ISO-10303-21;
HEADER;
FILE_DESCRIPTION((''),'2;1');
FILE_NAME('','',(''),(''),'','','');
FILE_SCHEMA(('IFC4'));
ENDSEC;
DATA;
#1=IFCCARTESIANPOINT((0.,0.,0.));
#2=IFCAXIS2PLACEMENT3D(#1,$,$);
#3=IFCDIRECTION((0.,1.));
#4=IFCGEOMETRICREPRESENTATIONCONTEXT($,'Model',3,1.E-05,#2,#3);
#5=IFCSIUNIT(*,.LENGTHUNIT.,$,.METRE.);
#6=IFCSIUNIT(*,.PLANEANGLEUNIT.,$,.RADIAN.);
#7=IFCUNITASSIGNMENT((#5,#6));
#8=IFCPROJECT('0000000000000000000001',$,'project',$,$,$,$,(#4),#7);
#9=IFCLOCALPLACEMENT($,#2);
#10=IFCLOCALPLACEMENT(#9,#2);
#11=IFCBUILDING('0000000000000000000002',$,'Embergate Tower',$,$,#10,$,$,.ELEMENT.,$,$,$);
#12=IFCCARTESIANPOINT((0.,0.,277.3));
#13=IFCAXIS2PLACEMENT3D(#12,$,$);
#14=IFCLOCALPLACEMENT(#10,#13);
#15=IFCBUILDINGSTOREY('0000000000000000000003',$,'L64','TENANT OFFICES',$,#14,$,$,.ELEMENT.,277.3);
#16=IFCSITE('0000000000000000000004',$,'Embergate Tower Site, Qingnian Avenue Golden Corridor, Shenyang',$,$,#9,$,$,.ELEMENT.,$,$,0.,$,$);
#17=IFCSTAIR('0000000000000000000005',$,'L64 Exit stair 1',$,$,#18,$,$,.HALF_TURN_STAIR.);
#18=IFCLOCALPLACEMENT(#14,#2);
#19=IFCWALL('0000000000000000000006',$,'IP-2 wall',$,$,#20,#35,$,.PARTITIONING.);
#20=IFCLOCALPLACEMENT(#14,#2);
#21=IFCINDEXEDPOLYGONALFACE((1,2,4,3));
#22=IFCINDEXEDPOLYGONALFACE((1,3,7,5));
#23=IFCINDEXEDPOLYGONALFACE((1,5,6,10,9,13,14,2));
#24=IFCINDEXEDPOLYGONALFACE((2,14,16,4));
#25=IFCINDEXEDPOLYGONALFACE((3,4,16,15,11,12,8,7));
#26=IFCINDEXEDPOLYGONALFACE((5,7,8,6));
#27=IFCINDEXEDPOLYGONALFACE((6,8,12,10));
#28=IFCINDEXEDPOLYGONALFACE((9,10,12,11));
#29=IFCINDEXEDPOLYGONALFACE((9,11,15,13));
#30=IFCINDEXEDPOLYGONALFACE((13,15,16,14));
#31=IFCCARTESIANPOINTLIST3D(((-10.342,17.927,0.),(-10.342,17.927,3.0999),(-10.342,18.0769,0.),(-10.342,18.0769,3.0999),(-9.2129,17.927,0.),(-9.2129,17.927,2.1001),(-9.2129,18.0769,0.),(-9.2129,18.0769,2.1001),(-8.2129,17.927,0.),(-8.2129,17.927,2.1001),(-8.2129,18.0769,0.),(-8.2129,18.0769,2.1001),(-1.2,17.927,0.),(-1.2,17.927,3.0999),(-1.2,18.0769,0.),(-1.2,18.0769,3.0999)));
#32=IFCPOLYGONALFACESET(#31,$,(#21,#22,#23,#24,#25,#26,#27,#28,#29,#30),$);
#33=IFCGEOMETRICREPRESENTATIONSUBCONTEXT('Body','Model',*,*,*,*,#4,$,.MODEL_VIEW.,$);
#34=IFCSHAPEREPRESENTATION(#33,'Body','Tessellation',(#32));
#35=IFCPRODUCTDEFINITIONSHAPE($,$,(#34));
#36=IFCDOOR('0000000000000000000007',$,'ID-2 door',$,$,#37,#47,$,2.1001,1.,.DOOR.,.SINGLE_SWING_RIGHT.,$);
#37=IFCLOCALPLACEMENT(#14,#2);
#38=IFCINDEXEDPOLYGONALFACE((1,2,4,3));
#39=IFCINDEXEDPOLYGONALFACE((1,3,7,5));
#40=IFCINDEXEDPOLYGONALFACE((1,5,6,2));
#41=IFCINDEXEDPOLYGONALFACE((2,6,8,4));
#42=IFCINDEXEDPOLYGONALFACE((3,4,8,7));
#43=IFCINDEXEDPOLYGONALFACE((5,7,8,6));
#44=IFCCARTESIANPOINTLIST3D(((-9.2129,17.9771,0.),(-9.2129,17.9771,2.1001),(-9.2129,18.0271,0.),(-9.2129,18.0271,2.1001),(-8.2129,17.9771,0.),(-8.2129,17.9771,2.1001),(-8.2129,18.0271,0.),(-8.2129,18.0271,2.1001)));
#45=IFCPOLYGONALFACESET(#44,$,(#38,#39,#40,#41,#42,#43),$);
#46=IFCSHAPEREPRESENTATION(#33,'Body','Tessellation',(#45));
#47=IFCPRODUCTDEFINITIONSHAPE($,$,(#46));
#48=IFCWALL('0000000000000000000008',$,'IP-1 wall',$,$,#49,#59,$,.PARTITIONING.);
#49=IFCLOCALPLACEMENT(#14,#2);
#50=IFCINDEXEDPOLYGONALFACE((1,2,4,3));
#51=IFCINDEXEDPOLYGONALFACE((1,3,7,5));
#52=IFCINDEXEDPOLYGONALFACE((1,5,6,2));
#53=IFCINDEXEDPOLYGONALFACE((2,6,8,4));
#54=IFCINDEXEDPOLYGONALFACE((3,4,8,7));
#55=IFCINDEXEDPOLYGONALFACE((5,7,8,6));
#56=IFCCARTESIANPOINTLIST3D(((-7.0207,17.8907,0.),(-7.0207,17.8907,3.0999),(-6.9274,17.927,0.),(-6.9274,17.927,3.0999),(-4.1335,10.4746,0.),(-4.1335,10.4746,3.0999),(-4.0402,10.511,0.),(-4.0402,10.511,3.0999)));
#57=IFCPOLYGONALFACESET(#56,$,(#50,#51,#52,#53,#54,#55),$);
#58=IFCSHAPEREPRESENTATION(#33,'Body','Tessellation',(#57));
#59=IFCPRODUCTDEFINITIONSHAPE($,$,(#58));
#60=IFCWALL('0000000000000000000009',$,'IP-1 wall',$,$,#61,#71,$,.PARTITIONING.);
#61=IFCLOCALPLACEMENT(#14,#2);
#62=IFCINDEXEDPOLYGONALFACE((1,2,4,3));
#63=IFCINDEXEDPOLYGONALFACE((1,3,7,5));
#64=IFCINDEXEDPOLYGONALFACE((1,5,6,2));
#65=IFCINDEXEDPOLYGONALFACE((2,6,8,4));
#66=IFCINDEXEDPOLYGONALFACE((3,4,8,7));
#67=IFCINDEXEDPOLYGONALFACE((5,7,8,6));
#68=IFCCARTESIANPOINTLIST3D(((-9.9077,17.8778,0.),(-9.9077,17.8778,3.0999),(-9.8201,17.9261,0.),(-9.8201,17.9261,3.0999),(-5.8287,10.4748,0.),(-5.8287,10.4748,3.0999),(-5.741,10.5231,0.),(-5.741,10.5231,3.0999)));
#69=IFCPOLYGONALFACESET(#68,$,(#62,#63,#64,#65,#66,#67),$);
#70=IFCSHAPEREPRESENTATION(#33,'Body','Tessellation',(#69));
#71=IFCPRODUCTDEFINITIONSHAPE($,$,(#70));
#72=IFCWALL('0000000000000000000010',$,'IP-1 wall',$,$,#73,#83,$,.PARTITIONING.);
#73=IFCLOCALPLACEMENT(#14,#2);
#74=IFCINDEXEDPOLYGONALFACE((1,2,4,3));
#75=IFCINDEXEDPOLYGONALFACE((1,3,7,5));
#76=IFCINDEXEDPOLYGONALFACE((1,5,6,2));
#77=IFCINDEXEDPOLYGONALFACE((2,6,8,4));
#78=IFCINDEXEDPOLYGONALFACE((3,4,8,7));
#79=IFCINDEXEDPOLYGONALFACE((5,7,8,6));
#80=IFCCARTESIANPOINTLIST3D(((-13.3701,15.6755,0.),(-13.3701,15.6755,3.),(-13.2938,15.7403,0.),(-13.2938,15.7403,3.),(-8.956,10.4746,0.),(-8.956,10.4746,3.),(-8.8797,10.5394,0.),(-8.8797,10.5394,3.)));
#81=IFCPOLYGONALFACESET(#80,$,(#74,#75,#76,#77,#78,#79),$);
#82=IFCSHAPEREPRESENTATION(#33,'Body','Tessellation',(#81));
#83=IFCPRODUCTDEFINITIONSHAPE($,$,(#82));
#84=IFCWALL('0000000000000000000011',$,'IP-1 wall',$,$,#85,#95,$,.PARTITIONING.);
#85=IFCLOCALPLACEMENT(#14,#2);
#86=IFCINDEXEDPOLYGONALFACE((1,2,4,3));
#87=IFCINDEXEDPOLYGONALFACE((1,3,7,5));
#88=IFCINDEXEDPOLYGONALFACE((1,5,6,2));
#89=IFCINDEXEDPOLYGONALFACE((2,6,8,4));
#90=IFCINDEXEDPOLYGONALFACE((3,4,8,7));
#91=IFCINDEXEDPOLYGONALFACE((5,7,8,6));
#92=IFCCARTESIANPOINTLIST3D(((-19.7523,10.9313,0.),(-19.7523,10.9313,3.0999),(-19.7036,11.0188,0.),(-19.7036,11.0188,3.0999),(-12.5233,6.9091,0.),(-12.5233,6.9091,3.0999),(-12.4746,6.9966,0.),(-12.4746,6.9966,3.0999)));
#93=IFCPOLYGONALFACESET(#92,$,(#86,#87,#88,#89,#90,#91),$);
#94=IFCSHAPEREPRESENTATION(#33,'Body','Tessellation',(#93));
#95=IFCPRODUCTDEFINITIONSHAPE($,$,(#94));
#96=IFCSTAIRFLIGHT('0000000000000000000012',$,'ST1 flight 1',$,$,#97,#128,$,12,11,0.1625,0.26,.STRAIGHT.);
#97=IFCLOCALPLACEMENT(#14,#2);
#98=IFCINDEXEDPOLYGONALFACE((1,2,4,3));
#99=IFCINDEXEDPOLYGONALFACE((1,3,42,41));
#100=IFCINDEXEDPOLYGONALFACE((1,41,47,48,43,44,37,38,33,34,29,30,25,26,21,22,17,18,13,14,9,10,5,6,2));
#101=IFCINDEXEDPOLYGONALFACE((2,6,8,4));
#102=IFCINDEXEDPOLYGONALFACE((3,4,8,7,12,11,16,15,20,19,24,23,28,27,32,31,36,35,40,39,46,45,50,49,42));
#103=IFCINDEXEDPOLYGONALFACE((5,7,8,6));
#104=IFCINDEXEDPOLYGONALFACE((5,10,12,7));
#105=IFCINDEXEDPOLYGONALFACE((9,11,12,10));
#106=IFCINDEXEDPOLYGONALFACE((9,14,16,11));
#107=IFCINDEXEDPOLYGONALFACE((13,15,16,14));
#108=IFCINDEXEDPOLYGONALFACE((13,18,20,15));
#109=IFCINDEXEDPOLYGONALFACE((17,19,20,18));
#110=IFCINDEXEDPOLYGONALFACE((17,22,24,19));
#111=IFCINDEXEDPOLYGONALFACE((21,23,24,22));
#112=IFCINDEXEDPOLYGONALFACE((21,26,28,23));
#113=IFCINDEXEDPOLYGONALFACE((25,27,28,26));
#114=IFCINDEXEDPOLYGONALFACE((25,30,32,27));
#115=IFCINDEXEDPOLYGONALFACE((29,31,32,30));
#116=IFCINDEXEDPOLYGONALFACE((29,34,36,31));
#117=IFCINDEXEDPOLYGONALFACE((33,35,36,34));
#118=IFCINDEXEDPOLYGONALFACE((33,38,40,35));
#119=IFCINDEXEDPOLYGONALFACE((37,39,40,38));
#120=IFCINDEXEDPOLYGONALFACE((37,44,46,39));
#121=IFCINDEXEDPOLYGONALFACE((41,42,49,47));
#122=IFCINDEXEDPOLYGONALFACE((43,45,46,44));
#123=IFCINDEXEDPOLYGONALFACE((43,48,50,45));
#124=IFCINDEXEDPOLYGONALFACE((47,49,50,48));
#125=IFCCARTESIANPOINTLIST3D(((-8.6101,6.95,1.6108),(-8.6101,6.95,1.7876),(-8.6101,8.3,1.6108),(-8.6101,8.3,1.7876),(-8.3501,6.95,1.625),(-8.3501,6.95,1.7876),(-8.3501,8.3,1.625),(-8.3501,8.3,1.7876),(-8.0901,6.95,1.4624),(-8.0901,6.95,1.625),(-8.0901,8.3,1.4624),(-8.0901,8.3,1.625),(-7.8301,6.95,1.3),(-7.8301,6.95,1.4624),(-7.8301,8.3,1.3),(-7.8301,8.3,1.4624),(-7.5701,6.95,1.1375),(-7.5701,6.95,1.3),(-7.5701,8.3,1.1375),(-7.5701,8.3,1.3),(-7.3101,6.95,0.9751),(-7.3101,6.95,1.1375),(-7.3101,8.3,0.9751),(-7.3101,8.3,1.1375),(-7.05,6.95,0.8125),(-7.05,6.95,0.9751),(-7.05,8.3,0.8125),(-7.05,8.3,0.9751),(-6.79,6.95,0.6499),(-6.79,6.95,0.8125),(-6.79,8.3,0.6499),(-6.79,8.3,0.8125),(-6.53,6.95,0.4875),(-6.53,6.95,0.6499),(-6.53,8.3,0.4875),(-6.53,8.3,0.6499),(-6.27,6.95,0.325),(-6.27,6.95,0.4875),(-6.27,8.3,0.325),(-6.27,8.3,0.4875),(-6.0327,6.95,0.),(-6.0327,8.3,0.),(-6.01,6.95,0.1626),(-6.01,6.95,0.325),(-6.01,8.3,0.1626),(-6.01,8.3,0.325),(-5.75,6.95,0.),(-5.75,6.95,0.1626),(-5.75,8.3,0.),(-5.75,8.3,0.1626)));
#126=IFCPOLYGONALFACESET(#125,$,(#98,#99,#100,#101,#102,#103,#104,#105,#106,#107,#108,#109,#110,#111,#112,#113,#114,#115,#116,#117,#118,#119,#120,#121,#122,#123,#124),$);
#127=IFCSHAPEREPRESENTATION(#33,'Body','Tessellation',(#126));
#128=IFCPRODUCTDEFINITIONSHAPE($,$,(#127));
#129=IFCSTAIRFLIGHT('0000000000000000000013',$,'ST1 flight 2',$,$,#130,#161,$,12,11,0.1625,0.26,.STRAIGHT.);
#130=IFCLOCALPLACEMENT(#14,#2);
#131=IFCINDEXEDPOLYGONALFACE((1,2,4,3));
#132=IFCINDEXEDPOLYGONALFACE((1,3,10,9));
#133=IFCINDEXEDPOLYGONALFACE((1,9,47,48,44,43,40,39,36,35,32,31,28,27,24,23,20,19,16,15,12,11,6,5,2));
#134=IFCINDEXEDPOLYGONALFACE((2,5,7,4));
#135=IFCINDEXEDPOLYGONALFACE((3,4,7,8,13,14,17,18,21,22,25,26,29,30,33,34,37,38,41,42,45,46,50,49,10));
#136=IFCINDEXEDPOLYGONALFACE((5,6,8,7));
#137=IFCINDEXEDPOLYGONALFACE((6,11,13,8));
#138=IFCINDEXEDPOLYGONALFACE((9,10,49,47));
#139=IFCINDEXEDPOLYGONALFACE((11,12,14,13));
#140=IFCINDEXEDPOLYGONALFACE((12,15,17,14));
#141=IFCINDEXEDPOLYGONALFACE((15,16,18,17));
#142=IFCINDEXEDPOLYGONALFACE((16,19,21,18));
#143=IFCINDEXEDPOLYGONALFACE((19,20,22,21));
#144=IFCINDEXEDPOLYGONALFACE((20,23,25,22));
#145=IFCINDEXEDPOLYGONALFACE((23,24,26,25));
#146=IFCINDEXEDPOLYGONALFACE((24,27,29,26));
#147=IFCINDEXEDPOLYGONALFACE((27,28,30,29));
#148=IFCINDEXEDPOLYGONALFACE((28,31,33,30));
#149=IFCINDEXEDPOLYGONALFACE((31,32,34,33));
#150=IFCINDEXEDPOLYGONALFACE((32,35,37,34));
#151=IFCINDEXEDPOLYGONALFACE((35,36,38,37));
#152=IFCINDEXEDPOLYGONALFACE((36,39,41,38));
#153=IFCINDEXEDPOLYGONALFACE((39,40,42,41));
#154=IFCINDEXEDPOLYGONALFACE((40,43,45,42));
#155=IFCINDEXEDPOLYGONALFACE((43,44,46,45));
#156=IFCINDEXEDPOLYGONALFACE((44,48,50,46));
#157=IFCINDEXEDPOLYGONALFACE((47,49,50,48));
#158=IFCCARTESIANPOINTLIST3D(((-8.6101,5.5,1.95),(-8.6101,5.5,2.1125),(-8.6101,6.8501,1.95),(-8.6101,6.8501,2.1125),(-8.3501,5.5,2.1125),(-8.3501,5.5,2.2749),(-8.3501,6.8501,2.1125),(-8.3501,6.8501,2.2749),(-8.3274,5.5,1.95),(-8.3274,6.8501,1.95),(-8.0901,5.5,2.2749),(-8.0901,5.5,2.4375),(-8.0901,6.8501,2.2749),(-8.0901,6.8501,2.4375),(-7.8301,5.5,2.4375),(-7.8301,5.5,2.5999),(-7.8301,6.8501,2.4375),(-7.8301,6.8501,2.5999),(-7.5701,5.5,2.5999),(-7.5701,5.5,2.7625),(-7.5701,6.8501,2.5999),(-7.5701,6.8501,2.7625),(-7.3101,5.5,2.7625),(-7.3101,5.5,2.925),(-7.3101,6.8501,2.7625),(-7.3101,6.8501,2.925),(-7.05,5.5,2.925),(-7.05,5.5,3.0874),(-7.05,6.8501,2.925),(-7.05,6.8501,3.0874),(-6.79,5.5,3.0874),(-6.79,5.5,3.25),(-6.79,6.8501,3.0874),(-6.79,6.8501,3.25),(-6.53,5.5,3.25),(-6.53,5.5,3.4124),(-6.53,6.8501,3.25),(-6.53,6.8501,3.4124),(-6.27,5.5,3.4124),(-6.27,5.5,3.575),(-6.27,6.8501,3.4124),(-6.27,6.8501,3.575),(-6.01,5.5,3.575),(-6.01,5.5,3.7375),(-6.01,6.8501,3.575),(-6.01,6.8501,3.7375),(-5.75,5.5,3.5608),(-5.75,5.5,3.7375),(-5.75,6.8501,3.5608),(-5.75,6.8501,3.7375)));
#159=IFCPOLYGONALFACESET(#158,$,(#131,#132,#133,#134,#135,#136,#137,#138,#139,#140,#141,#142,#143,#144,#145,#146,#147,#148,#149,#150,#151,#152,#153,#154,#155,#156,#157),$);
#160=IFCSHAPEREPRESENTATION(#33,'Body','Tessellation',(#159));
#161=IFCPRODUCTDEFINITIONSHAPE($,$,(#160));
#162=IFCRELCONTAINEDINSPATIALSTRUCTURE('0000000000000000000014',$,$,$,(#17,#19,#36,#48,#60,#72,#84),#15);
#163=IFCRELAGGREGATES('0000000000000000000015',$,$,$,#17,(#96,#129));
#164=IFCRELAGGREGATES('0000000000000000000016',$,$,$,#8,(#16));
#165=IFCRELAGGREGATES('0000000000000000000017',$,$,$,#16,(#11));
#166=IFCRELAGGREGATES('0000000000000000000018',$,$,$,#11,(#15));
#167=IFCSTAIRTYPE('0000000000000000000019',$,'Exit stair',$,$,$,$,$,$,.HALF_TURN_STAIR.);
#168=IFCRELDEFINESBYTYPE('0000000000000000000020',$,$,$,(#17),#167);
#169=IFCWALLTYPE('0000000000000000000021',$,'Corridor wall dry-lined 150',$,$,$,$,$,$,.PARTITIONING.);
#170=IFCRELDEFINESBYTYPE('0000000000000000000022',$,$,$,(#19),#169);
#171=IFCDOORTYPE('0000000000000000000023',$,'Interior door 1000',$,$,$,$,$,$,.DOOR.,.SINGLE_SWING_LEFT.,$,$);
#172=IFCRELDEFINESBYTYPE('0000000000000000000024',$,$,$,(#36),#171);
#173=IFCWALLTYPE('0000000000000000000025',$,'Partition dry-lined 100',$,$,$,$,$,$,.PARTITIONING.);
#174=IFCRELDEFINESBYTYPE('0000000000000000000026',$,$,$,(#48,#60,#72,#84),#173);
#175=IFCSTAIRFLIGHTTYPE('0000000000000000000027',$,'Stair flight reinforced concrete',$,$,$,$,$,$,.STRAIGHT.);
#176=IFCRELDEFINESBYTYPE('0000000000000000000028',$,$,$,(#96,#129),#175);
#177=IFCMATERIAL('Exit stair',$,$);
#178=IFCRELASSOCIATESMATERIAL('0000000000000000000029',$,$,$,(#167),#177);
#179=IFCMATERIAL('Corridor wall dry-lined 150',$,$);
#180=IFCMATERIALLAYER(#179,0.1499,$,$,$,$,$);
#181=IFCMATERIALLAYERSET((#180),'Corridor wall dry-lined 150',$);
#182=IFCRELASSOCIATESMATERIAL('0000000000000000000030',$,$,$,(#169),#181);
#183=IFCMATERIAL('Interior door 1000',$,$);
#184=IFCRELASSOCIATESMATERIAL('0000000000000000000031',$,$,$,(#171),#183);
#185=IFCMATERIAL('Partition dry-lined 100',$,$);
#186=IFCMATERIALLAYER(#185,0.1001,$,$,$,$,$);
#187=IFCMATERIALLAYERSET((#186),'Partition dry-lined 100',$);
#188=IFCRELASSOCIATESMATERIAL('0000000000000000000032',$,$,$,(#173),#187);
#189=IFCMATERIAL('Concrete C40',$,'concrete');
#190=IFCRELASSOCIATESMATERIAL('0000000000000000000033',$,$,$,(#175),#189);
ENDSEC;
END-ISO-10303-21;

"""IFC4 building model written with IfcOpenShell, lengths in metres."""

from ifc_helpers import new_model, si_unit, direction, frame, frame_2d, origin, place, context, subcontext, project, spatial, polyline, rectangle, outline, extrude, source, transform, mapped, material, layer, layer_set, type_object, element, fill, aggregate, save


model = new_model("IFC4")

# Units and contexts
model_context = context("Model", 3, precision=1e-05, world=origin(), true_north=direction((0.0, 1.0)))
body_context = subcontext(model_context, "Body", "Model", "MODEL_VIEW")
ifc_project = project(units=[si_unit("LENGTHUNIT", "METRE"), si_unit("PLANEANGLEUNIT", "RADIAN")], contexts=[model_context])

# Site, building, storey
site_placement = place(None, origin())
site = spatial("IfcSite", under=ifc_project, at=site_placement, Name="Embergate Tower Site, Qingnian Avenue Golden Corridor, Shenyang", CompositionType="ELEMENT", RefElevation=0.0)
building_placement = place(site_placement, origin())
building = spatial("IfcBuilding", under=site, at=building_placement, Name="Embergate Tower", CompositionType="ELEMENT")
storey_placement = place(building_placement, frame((0.0, 0.0, 277.3)))
storey = spatial("IfcBuildingStorey", under=building, at=storey_placement, Name="L64", Description="TENANT OFFICES", CompositionType="ELEMENT", Elevation=277.3)

# Stair
ifc_material_1 = material(Name="Exit stair")
stair_type = type_object("IfcStairType", Name="Exit stair", PredefinedType="HALF_TURN_STAIR", material=ifc_material_1)
stair_placement = place(storey_placement, origin())
stair = element("IfcStair", 1, at=stair_placement, inside=storey, type_object=stair_type, Name="L64 Exit stair 1", PredefinedType="HALF_TURN_STAIR")
ifc_material_2 = material(Name="Concrete C40", Category="concrete")

# Shared definitions
ifc_material_3 = material(Name="Corridor wall dry-lined 150")
ifc_layer_1 = layer(ifc_material_3, 0.1499)
ifc_layer_set_1 = layer_set([ifc_layer_1], Name="Corridor wall dry-lined 150")
wall_type_1 = type_object("IfcWallType", Name="Corridor wall dry-lined 150", PredefinedType="PARTITIONING", material=ifc_layer_set_1)

# Wall, opening, door
shared_shape_1 = source(origin(), body_context, "Body", "SweptSolid", [
    extrude(rectangle(XDim=9.1421, YDim=0.1499, at=frame_2d((4.571, 0.0))), origin(), (0.0, 0.0, 1.0), 3.0999),
])
wall_1_placement = place(storey_placement, frame((-1.2, 18.002, 0.0), z_axis=(0.0, 0.0, 1.0), x_axis=(-1.0, 0.0, 0.0)))
wall_1 = element("IfcWall", 2, at=wall_1_placement, inside=storey, type_object=wall_type_1, Name="IP-2 wall", PredefinedType="PARTITIONING", context=body_context, shape_type="MappedRepresentation", body=[
    mapped(shared_shape_1, transform((0.0, 0.0, 0.0))),
])
shared_shape_2 = source(origin(), body_context, "Body", "SweptSolid", [
    extrude(rectangle(XDim=1.0, YDim=2.1001, at=frame_2d((0.5, 1.05))), frame((0.0, 0.085, 0.0), z_axis=(0.0, -1.0, 0.0), x_axis=(1.0, 0.0, 0.0)), (0.0, 0.0, 1.0), 0.1699),
])
opening_1_placement = place(wall_1_placement, frame((7.0129, 0.0, 0.0)))
opening_1 = element("IfcOpeningElement", 3, at=opening_1_placement, cuts=wall_1, PredefinedType="OPENING", context=body_context, shape_type="MappedRepresentation", body=[
    mapped(shared_shape_2, transform((0.0, 0.0, 0.0))),
])
ifc_material_4 = material(Name="Interior door 1000")
door_type_1 = type_object("IfcDoorType", Name="Interior door 1000", OperationType="SINGLE_SWING_LEFT", PredefinedType="DOOR", material=ifc_material_4)
shared_shape_3 = source(origin(), body_context, "Body", "SweptSolid", [
    extrude(rectangle(XDim=1.0, YDim=2.1001, at=frame_2d((0.5, 1.05))), frame((0.0, 0.0249, 0.0), z_axis=(0.0, -1.0, 0.0), x_axis=(1.0, 0.0, 0.0)), (0.0, 0.0, 1.0), 0.05),
])
door_1_placement = place(opening_1_placement, origin())
door_1 = element("IfcDoor", 4, at=door_1_placement, inside=storey, type_object=door_type_1, Name="ID-2 door", OperationType="SINGLE_SWING_RIGHT", OverallHeight=2.1001, OverallWidth=1.0, PredefinedType="DOOR", context=body_context, shape_type="MappedRepresentation", body=[
    mapped(shared_shape_3, transform((0.0, 0.0, 0.0))),
])
fill(opening_1, door_1)

# Walls
ifc_material_5 = material(Name="Partition dry-lined 100")
ifc_layer_2 = layer(ifc_material_5, 0.1001)
ifc_layer_set_2 = layer_set([ifc_layer_2], Name="Partition dry-lined 100")
wall_type_2 = type_object("IfcWallType", Name="Partition dry-lined 100", PredefinedType="PARTITIONING", material=ifc_layer_set_2)
shared_shape_4 = source(origin(), body_context, "Body", "SweptSolid", [
    extrude(rectangle(XDim=7.9583, YDim=0.1001, at=frame_2d((3.979, 0.0))), origin(), (0.0, 0.0, 1.0), 3.0999),
])
wall_2_placement = place(storey_placement, frame((-4.0869, 10.4929, 0.0), z_axis=(0.0, 0.0, 1.0), x_axis=(-0.362796, 0.931869, 0.0)))
element("IfcWall", 5, at=wall_2_placement, inside=storey, type_object=wall_type_2, Name="IP-1 wall", PredefinedType="PARTITIONING", context=body_context, shape_type="MappedRepresentation", body=[
    mapped(shared_shape_4, transform((0.0, 0.0, 0.0))),
])
shared_shape_5 = source(origin(), body_context, "Body", "SweptSolid", [
    extrude(rectangle(XDim=8.4524, YDim=0.1001, at=frame_2d((4.2261, 0.0))), origin(), (0.0, 0.0, 1.0), 3.0999),
])
wall_3_placement = place(storey_placement, frame((-5.7849, 10.499, 0.0), z_axis=(0.0, 0.0, 1.0), x_axis=(-0.482592, 0.875845, 0.0)))
element("IfcWall", 6, at=wall_3_placement, inside=storey, type_object=wall_type_2, Name="IP-1 wall", PredefinedType="PARTITIONING", context=body_context, shape_type="MappedRepresentation", body=[
    mapped(shared_shape_5, transform((0.0, 0.0, 0.0))),
])
shared_shape_6 = source(origin(), body_context, "Body", "SweptSolid", [
    extrude(rectangle(XDim=6.8215, YDim=0.1001, at=frame_2d((3.4106, 0.0))), origin(), (0.0, 0.0, 1.0), 3.0),
])
wall_4_placement = place(storey_placement, frame((-8.918, 10.5071, 0.0), z_axis=(0.0, 0.0, 1.0), x_axis=(-0.647076, 0.762426, 0.0)))
element("IfcWall", 7, at=wall_4_placement, inside=storey, type_object=wall_type_2, Name="IP-1 wall", PredefinedType="PARTITIONING", context=body_context, shape_type="MappedRepresentation", body=[
    mapped(shared_shape_6, transform((0.0, 0.0, 0.0))),
])
shared_shape_7 = source(origin(), body_context, "Body", "SweptSolid", [
    extrude(rectangle(XDim=8.2727, YDim=0.1001, at=frame_2d((4.1362, 0.0))), origin(), (0.0, 0.0, 1.0), 3.0999),
])
wall_5_placement = place(storey_placement, frame((-12.499, 6.9529, 0.0), z_axis=(0.0, 0.0, 1.0), x_axis=(-0.873844, 0.486207, 0.0)))
element("IfcWall", 8, at=wall_5_placement, inside=storey, type_object=wall_type_2, Name="IP-1 wall", PredefinedType="PARTITIONING", context=body_context, shape_type="MappedRepresentation", body=[
    mapped(shared_shape_7, transform((0.0, 0.0, 0.0))),
])

# Stair flights
stair_flight_type = type_object("IfcStairFlightType", Name="Stair flight reinforced concrete", PredefinedType="STRAIGHT", material=ifc_material_2)
shared_shape_8 = source(origin(), body_context, "Body", "SweptSolid", [
    extrude(outline(polyline([(0.0, 0.0), (0.0, 0.1626), (0.26, 0.1626), (0.26, 0.325), (0.52, 0.325), (0.52, 0.4875), (0.78, 0.4875), (0.78, 0.6499), (1.04, 0.6499), (1.04, 0.8125), (1.3, 0.8125), (1.3, 0.9751), (1.5601, 0.9751), (1.5601, 1.1375), (1.8201, 1.1375), (1.8201, 1.3), (2.0801, 1.3), (2.0801, 1.4624), (2.3401, 1.4624), (2.3401, 1.625), (2.6001, 1.625), (2.6001, 1.7876), (2.8601, 1.7876), (2.8601, 1.95), (2.8601, 1.6108), (0.2827, 0.0), (0.0, 0.0)])), frame((0.0, 0.675, 0.0), z_axis=(0.0, -1.0, 0.0), x_axis=(1.0, 0.0, 0.0)), (0.0, 0.0, 1.0), 1.3501),
])
stair_flight_1_placement = place(storey_placement, frame((-5.75, 7.625, 0.0), z_axis=(0.0, 0.0, 1.0), x_axis=(-1.0, 0.0, 0.0)))
stair_flight_1 = element("IfcStairFlight", 9, at=stair_flight_1_placement, type_object=stair_flight_type, Name="ST1 flight 1", NumberOfRisers=12, NumberOfTreads=11, PredefinedType="STRAIGHT", RiserHeight=0.1625, TreadLength=0.26, context=body_context, shape_type="MappedRepresentation", body=[
    mapped(shared_shape_8, transform((0.0, 0.0, 0.0))),
])
stair_flight_2_placement = place(storey_placement, frame((-8.6101, 6.175, 1.95), z_axis=(0.0, 0.0, 1.0), x_axis=(1.0, 0.0, 0.0)))
stair_flight_2 = element("IfcStairFlight", 10, at=stair_flight_2_placement, type_object=stair_flight_type, Name="ST1 flight 2", NumberOfRisers=12, NumberOfTreads=11, PredefinedType="STRAIGHT", RiserHeight=0.1625, TreadLength=0.26, context=body_context, shape_type="MappedRepresentation", body=[
    mapped(shared_shape_8, transform((0.0, 0.0, 0.0))),
])
aggregate(stair, [stair_flight_1, stair_flight_2])

save(model, "model.ifc")
